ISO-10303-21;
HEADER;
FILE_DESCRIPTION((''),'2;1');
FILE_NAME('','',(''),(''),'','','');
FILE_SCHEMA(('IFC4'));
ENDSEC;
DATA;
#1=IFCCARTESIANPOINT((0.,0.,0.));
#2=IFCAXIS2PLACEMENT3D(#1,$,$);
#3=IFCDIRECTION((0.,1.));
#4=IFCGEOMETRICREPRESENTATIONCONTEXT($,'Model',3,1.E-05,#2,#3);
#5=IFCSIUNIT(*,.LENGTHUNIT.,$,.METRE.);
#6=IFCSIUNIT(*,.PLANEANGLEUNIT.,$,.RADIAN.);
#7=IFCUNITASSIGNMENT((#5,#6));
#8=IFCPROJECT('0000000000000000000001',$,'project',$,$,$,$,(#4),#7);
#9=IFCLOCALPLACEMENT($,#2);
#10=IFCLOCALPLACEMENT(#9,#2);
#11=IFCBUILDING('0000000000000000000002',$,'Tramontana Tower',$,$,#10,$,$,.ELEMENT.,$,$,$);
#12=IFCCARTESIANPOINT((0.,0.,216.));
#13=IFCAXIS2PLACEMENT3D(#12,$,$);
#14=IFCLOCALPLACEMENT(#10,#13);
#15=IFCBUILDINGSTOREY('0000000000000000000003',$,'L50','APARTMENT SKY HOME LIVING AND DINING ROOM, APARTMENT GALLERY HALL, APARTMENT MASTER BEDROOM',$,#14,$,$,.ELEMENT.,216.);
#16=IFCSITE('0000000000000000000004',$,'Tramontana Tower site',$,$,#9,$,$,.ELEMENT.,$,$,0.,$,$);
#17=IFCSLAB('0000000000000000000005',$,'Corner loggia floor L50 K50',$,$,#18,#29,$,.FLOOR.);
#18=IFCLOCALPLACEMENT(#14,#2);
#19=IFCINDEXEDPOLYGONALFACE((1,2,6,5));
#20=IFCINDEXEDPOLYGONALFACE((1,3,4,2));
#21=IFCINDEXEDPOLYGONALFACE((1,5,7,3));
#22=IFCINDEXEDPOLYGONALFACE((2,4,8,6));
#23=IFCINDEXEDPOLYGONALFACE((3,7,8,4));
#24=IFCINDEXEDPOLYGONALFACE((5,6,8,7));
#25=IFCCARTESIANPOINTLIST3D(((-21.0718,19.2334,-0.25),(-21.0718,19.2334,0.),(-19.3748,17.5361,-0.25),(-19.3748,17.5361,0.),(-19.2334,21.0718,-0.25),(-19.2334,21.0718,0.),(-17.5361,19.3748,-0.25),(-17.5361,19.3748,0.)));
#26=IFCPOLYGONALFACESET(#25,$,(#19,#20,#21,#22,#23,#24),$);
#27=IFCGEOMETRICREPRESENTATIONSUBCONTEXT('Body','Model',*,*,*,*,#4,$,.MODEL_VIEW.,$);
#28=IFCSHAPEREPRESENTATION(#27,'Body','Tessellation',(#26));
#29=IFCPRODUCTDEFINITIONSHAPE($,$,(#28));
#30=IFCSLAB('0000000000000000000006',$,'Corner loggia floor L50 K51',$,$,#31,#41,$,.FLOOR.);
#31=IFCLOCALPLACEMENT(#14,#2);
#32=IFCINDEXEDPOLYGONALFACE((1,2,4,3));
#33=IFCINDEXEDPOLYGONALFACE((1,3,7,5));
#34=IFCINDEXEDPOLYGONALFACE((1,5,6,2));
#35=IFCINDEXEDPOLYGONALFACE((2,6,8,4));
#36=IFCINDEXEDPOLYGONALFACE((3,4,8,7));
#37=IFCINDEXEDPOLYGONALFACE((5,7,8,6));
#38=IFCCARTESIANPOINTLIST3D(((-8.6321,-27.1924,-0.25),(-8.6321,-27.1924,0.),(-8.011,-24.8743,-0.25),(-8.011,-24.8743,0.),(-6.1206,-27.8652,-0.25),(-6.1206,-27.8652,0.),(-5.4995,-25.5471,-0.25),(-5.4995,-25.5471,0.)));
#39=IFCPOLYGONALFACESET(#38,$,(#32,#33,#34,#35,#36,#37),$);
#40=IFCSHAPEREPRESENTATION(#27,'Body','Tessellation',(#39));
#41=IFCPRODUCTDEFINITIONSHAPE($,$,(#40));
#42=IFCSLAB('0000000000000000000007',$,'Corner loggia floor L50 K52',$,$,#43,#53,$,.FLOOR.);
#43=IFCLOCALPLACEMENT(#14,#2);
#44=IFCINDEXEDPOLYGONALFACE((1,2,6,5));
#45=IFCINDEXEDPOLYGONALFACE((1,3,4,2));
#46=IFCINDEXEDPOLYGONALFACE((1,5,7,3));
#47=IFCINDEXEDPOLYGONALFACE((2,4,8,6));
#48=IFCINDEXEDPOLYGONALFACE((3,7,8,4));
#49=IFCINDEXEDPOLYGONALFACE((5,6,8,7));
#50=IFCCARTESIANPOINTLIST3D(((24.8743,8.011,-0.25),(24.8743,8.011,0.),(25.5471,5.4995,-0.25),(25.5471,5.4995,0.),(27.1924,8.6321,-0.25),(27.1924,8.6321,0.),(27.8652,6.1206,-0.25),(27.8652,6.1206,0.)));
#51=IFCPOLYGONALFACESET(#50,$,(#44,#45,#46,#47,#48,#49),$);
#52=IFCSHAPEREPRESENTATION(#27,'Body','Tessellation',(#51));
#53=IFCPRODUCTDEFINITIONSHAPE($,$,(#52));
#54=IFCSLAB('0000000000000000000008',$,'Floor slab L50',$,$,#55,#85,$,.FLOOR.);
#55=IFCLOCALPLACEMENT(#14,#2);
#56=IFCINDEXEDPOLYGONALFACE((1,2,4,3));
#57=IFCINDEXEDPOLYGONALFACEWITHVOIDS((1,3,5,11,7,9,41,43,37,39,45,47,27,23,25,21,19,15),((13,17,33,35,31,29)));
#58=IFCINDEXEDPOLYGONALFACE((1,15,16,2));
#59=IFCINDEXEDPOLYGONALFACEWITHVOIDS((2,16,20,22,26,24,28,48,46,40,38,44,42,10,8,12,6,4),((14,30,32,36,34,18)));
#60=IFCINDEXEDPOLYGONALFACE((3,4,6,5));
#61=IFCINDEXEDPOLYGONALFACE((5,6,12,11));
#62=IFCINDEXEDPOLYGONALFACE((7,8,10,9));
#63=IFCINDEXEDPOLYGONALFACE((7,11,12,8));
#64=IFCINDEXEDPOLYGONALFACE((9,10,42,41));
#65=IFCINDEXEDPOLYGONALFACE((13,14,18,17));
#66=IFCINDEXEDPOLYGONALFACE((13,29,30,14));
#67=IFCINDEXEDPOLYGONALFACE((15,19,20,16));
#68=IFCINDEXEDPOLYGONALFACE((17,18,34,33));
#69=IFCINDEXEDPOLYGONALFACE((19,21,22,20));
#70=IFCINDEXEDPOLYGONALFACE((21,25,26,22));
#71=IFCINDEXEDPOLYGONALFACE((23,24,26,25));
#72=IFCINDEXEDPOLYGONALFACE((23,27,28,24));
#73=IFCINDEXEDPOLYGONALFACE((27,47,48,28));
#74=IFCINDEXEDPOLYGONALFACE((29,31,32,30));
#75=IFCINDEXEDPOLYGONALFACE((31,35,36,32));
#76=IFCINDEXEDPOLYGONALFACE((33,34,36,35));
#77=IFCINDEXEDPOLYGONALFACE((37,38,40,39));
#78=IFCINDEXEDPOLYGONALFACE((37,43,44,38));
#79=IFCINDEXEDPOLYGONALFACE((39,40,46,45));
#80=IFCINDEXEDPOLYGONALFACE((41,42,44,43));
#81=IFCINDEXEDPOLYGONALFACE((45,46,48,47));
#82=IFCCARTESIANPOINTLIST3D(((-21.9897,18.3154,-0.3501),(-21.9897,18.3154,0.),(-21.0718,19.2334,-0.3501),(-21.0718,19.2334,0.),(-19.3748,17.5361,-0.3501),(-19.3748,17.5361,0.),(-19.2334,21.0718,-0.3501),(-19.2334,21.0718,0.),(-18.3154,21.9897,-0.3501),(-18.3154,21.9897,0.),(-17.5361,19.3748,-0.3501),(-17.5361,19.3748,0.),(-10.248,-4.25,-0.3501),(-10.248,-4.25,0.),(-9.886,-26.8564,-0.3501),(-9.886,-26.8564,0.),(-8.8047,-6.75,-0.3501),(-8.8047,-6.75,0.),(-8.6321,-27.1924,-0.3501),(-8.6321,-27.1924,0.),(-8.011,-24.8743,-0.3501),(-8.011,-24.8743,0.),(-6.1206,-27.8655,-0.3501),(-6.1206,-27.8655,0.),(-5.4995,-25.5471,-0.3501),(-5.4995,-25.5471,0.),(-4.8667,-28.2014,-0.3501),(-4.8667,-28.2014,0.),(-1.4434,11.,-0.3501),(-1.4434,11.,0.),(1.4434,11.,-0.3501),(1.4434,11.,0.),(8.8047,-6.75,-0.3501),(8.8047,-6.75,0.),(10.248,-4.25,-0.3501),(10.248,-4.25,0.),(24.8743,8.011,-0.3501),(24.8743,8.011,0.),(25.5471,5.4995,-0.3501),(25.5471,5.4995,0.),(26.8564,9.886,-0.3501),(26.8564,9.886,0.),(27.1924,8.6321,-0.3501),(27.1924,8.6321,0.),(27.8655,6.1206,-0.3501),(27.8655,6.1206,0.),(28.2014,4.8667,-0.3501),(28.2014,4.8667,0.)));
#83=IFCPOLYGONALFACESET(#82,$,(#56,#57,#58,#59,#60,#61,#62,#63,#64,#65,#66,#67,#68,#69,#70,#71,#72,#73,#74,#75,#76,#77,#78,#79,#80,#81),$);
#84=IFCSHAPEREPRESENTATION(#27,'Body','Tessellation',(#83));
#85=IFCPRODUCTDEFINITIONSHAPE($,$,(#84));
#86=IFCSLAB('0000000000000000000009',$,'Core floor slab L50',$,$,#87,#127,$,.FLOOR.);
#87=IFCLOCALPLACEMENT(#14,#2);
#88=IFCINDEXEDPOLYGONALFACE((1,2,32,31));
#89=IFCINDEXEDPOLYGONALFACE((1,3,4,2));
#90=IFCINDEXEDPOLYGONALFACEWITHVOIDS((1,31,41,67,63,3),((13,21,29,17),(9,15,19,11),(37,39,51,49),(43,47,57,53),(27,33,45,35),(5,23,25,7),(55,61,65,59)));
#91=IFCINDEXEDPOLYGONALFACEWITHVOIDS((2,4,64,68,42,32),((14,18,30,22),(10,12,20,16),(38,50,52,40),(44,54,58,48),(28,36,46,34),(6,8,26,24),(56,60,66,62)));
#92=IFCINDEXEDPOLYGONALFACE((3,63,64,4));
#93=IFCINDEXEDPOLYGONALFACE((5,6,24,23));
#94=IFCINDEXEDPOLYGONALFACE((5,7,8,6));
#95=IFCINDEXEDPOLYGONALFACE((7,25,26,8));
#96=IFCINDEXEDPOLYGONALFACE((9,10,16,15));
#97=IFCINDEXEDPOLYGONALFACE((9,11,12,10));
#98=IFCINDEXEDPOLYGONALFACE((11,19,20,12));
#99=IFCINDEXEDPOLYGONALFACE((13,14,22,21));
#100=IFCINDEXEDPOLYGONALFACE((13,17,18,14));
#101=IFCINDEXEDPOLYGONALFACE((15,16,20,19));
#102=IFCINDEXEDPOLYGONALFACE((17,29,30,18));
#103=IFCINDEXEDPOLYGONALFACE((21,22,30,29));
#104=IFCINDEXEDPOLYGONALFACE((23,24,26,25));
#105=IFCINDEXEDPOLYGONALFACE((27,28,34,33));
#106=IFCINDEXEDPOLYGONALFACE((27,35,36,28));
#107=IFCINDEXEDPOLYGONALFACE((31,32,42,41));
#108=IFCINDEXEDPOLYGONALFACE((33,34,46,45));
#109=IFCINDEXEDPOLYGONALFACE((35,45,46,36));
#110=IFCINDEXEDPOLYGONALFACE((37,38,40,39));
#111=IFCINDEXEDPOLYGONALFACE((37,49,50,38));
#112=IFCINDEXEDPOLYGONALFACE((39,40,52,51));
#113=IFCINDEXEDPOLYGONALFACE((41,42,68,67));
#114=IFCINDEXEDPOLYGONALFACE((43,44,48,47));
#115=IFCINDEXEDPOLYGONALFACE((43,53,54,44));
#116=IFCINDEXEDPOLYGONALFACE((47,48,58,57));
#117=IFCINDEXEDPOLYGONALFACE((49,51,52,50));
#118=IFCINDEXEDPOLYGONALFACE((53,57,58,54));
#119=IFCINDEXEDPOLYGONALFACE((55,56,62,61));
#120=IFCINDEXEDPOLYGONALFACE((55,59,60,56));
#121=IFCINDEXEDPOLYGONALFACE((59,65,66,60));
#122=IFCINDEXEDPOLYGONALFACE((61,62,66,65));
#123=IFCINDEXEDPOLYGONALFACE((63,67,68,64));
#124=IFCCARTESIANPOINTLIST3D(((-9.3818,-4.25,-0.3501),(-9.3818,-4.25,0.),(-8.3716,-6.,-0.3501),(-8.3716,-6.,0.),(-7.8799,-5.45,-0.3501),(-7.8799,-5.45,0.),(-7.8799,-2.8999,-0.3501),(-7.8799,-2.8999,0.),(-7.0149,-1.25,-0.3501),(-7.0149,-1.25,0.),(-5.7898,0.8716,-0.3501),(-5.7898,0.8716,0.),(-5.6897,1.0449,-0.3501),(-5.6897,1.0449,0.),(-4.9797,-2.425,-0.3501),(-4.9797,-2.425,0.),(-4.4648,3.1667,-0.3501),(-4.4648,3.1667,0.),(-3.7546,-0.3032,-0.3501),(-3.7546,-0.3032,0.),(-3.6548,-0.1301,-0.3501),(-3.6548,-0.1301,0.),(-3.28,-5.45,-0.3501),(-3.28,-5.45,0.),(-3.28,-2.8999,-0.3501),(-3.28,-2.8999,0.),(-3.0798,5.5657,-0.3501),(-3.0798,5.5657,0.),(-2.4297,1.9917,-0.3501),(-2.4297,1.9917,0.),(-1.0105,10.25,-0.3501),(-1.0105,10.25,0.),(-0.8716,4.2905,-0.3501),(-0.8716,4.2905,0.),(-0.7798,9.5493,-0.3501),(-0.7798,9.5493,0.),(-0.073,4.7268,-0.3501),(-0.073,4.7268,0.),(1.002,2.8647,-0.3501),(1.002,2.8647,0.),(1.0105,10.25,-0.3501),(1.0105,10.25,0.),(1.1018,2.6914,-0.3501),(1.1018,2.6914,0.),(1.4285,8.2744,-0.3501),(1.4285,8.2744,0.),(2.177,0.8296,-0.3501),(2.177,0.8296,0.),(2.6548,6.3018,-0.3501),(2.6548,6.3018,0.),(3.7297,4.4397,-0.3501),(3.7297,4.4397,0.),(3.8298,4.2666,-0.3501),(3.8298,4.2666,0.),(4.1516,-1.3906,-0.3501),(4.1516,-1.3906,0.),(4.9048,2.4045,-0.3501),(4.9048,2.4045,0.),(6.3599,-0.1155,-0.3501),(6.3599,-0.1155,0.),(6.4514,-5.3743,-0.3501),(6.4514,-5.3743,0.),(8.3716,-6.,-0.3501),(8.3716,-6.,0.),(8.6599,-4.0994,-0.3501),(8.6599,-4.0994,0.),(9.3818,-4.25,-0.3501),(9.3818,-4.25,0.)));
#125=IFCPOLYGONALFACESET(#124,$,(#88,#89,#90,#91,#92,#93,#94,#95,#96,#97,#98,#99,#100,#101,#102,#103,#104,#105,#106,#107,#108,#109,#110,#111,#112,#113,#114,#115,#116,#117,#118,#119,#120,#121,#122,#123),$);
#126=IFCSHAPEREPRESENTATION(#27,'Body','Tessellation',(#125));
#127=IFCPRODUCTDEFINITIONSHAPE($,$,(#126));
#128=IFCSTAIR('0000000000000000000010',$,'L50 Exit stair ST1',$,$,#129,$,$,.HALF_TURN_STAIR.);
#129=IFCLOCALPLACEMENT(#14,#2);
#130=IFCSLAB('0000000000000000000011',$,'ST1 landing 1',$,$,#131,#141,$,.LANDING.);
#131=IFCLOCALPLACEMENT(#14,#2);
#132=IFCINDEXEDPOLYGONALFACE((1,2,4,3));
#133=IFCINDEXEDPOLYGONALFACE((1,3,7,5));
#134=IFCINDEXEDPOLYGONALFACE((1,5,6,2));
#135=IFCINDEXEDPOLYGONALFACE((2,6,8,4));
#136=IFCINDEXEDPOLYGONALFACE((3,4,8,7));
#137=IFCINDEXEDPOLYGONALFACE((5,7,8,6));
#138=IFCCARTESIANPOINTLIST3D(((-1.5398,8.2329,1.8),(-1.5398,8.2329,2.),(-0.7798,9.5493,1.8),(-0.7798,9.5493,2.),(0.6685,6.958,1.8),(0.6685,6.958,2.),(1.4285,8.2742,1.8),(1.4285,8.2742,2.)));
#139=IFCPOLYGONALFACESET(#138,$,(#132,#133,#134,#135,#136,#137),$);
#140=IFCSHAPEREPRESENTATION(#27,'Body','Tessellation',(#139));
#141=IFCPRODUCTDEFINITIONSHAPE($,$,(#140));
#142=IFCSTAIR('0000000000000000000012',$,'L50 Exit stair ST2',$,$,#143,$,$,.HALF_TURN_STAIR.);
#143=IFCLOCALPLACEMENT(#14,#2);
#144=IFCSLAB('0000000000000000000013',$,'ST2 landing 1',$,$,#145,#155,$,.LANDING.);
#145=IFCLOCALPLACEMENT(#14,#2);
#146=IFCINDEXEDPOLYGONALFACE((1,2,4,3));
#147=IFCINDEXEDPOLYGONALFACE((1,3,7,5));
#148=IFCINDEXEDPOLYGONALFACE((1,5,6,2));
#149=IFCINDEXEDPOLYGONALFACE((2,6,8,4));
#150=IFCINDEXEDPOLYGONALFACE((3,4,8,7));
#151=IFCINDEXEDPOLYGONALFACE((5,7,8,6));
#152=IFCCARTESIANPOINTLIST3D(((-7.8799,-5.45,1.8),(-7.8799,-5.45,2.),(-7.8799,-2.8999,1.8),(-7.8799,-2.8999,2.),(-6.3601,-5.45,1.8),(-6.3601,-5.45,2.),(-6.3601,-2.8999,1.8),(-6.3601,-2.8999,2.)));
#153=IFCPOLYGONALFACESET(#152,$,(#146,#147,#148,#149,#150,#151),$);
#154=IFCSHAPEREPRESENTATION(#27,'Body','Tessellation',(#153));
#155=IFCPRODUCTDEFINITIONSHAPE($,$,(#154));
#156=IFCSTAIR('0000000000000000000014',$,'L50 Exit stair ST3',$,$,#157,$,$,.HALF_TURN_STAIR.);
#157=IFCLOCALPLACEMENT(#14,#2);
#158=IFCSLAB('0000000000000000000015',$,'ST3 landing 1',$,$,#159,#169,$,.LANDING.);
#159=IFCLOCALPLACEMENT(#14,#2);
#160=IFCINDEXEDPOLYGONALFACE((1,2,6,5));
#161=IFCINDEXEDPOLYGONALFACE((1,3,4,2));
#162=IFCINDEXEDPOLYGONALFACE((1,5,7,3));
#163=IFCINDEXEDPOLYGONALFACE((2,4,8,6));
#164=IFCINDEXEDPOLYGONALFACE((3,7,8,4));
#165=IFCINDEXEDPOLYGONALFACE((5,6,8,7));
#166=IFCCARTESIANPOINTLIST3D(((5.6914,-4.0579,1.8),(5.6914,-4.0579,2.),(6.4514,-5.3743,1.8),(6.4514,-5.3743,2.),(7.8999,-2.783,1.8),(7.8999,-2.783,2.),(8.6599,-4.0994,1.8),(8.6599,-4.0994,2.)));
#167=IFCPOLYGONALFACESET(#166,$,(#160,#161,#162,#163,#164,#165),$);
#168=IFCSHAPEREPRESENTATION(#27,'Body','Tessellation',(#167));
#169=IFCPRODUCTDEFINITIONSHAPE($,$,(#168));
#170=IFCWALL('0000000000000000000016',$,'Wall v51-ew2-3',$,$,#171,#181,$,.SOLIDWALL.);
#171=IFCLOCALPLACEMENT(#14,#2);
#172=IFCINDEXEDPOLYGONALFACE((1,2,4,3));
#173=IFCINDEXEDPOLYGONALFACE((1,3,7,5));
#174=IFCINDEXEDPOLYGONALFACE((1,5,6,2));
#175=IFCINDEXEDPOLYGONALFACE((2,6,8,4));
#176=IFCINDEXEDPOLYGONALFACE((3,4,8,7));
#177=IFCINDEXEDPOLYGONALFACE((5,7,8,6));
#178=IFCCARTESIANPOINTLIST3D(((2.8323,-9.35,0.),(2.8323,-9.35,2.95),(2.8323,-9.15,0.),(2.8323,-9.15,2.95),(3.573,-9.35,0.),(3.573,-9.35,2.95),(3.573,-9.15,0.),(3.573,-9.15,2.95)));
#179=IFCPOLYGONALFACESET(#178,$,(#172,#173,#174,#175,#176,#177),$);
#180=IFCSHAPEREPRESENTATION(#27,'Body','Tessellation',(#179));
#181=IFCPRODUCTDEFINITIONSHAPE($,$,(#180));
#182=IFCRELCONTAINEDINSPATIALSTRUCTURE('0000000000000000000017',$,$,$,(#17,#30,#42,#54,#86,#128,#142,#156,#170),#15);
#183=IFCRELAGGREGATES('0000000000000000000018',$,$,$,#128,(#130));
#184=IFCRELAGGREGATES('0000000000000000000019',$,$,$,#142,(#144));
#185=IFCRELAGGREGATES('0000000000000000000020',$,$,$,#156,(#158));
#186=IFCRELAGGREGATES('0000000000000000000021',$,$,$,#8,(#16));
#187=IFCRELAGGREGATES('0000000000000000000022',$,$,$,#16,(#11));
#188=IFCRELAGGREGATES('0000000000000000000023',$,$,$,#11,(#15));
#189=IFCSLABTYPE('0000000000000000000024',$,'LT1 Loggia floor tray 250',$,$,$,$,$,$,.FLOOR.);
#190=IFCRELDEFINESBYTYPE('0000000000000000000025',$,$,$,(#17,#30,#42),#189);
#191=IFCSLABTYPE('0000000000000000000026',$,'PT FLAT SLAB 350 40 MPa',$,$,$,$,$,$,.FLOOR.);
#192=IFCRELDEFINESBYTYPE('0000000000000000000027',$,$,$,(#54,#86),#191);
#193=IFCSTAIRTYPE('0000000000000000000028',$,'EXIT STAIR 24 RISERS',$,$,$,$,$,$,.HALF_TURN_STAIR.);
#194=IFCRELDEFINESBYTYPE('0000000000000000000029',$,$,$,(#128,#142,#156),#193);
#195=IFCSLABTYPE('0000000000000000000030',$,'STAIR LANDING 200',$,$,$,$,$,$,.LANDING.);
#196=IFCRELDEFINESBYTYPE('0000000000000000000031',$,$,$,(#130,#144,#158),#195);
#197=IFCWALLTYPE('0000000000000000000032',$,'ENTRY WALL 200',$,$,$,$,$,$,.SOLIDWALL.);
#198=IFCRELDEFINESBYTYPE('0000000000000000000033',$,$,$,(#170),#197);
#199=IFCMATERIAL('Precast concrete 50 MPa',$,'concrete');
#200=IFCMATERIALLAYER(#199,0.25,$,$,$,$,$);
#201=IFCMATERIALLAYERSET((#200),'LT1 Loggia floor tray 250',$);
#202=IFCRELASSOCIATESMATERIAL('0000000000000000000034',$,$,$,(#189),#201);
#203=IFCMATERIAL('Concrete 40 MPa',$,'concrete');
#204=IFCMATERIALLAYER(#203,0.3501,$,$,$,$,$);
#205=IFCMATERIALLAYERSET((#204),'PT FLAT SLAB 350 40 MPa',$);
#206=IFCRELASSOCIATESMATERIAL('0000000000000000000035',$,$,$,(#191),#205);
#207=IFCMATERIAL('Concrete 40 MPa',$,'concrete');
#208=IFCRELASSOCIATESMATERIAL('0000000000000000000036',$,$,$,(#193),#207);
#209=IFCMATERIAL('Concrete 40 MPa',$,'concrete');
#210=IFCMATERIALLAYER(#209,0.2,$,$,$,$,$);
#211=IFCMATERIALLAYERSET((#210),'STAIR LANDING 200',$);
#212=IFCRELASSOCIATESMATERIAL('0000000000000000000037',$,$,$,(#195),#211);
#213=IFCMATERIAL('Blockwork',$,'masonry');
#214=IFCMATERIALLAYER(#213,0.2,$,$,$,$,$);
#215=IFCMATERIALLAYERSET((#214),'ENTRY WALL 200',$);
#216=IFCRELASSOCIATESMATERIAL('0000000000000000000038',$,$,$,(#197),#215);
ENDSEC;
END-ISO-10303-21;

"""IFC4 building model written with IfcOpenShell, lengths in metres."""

from ifc_helpers import new_model, si_unit, direction, frame, frame_2d, origin, place, context, subcontext, project, spatial, polyline, rectangle, outline, extrude, material, layer, layer_set, type_object, element, aggregate, save


model = new_model("IFC4")

# Units and contexts
model_context = context("Model", 3, precision=1e-05, world=origin(), true_north=direction((0.0, 1.0)))
body_context = subcontext(model_context, "Body", "Model", "MODEL_VIEW")
ifc_project = project(units=[si_unit("LENGTHUNIT", "METRE"), si_unit("PLANEANGLEUNIT", "RADIAN")], contexts=[model_context])

# Site, building, storey
site_placement = place(None, origin())
site = spatial("IfcSite", under=ifc_project, at=site_placement, Name="Tramontana Tower site", CompositionType="ELEMENT", RefElevation=0.0)
building_placement = place(site_placement, origin())
building = spatial("IfcBuilding", under=site, at=building_placement, Name="Tramontana Tower", CompositionType="ELEMENT")
storey_placement = place(building_placement, frame((0.0, 0.0, 216.0)))
storey = spatial("IfcBuildingStorey", under=building, at=storey_placement, Name="L50", Description="APARTMENT SKY HOME LIVING AND DINING ROOM, APARTMENT GALLERY HALL, APARTMENT MASTER BEDROOM", CompositionType="ELEMENT", Elevation=216.0)

# Slabs
ifc_material_1 = material(Name="Precast concrete 50 MPa", Category="concrete")
ifc_layer_1 = layer(ifc_material_1, 0.25)
ifc_layer_set_1 = layer_set([ifc_layer_1], Name="LT1 Loggia floor tray 250")
slab_type_1 = type_object("IfcSlabType", Name="LT1 Loggia floor tray 250", PredefinedType="FLOOR", material=ifc_layer_set_1)
slab_1_placement = place(storey_placement, frame((0.0, 0.0, -0.25)))
element("IfcSlab", 1, at=slab_1_placement, inside=storey, type_object=slab_type_1, Name="Corner loggia floor L50 K50", PredefinedType="FLOOR", context=body_context, shape_type="SweptSolid", body=[
    extrude(outline(polyline([(-19.2334, 21.0718), (-17.5361, 19.3748), (-19.3748, 17.5361), (-21.0718, 19.2334), (-19.2334, 21.0718)])), origin(), (0.0, 0.0, 1.0), 0.25),
])
slab_2_placement = place(storey_placement, frame((0.0, 0.0, -0.25)))
element("IfcSlab", 2, at=slab_2_placement, inside=storey, type_object=slab_type_1, Name="Corner loggia floor L50 K51", PredefinedType="FLOOR", context=body_context, shape_type="SweptSolid", body=[
    extrude(outline(polyline([(-8.6321, -27.1924), (-8.011, -24.8743), (-5.4995, -25.5471), (-6.1206, -27.8652), (-8.6321, -27.1924)])), origin(), (0.0, 0.0, 1.0), 0.25),
])
slab_3_placement = place(storey_placement, frame((0.0, 0.0, -0.25)))
element("IfcSlab", 3, at=slab_3_placement, inside=storey, type_object=slab_type_1, Name="Corner loggia floor L50 K52", PredefinedType="FLOOR", context=body_context, shape_type="SweptSolid", body=[
    extrude(outline(polyline([(27.8652, 6.1206), (25.5471, 5.4995), (24.8743, 8.011), (27.1924, 8.6321), (27.8652, 6.1206)])), origin(), (0.0, 0.0, 1.0), 0.25),
])
ifc_material_2 = material(Name="Concrete 40 MPa", Category="concrete")
ifc_layer_2 = layer(ifc_material_2, 0.3501)
ifc_layer_set_2 = layer_set([ifc_layer_2], Name="PT FLAT SLAB 350 40 MPa")
slab_type_2 = type_object("IfcSlabType", Name="PT FLAT SLAB 350 40 MPa", PredefinedType="FLOOR", material=ifc_layer_set_2)
slab_4_placement = place(storey_placement, frame((0.0, 0.0, -0.3501)))
element("IfcSlab", 4, at=slab_4_placement, inside=storey, type_object=slab_type_2, Name="Floor slab L50", PredefinedType="FLOOR", context=body_context, shape_type="SweptSolid", body=[
    extrude(outline(polyline([(27.1924, 8.6321), (24.8743, 8.011), (25.5471, 5.4995), (27.8655, 6.1206), (28.2014, 4.8667), (-4.8667, -28.2014), (-6.1206, -27.8655), (-5.4995, -25.5471), (-8.011, -24.8743), (-8.6321, -27.1924), (-9.886, -26.8564), (-21.9897, 18.3154), (-21.0718, 19.2334), (-19.3748, 17.5361), (-17.5361, 19.3748), (-19.2334, 21.0718), (-18.3154, 21.9897), (26.8564, 9.886), (27.1924, 8.6321)]), holes=[polyline([(-10.248, -4.25), (-8.8047, -6.75), (8.8047, -6.75), (10.248, -4.25), (1.4434, 11.0), (-1.4434, 11.0), (-10.248, -4.25)])]), origin(), (0.0, 0.0, 1.0), 0.3501),
])
slab_5_placement = place(storey_placement, frame((0.0, 0.0, -0.3501)))
element("IfcSlab", 5, at=slab_5_placement, inside=storey, type_object=slab_type_2, Name="Core floor slab L50", PredefinedType="FLOOR", context=body_context, shape_type="SweptSolid", body=[
    extrude(outline(polyline([(9.3818, -4.25), (8.3716, -6.0), (-8.3716, -6.0), (-9.3818, -4.25), (-1.0105, 10.25), (1.0105, 10.25), (9.3818, -4.25)]), holes=[polyline([(8.6599, -4.0994), (6.3599, -0.1155), (4.1516, -1.3906), (6.4514, -5.3743), (8.6599, -4.0994)]), polyline([(3.8298, 4.2666), (1.1018, 2.6914), (2.177, 0.8296), (4.9048, 2.4045), (3.8298, 4.2666)]), polyline([(2.6548, 6.3018), (-0.073, 4.7268), (1.002, 2.8647), (3.7297, 4.4397), (2.6548, 6.3018)]), polyline([(-0.7798, 9.5493), (-3.0798, 5.5657), (-0.8716, 4.2905), (1.4285, 8.2744), (-0.7798, 9.5493)]), polyline([(-5.6897, 1.0449), (-3.6548, -0.1301), (-2.4297, 1.9917), (-4.4648, 3.1667), (-5.6897, 1.0449)]), polyline([(-3.28, -5.45), (-3.28, -2.8999), (-7.8799, -2.8999), (-7.8799, -5.45), (-3.28, -5.45)]), polyline([(-7.0149, -1.25), (-4.9797, -2.425), (-3.7546, -0.3032), (-5.7898, 0.8716), (-7.0149, -1.25)])]), origin(), (0.0, 0.0, 1.0), 0.3501),
])

# Stairs, slabs
ifc_material_3 = material(Name="Concrete 40 MPa", Category="concrete")
stair_type = type_object("IfcStairType", Name="EXIT STAIR 24 RISERS", PredefinedType="HALF_TURN_STAIR", material=ifc_material_3)
stair_1_placement = place(storey_placement, origin())
stair_1 = element("IfcStair", 6, at=stair_1_placement, inside=storey, type_object=stair_type, Name="L50 Exit stair ST1", PredefinedType="HALF_TURN_STAIR")
ifc_material_4 = material(Name="Concrete 40 MPa", Category="concrete")
ifc_layer_3 = layer(ifc_material_4, 0.2)
ifc_layer_set_3 = layer_set([ifc_layer_3], Name="STAIR LANDING 200")
slab_type_3 = type_object("IfcSlabType", Name="STAIR LANDING 200", PredefinedType="LANDING", material=ifc_layer_set_3)
slab_6_placement = place(storey_placement, frame((0.0, 0.0, 1.8)))
slab_6 = element("IfcSlab", 7, at=slab_6_placement, type_object=slab_type_3, Name="ST1 landing 1", PredefinedType="LANDING", context=body_context, shape_type="SweptSolid", body=[
    extrude(outline(polyline([(0.6685, 6.958), (1.4285, 8.2742), (-0.7798, 9.5493), (-1.5398, 8.2329), (0.6685, 6.958)])), origin(), (0.0, 0.0, 1.0), 0.2),
])
aggregate(stair_1, [slab_6])
stair_2_placement = place(storey_placement, origin())
stair_2 = element("IfcStair", 8, at=stair_2_placement, inside=storey, type_object=stair_type, Name="L50 Exit stair ST2", PredefinedType="HALF_TURN_STAIR")
slab_7_placement = place(storey_placement, frame((0.0, 0.0, 1.8)))
slab_7 = element("IfcSlab", 9, at=slab_7_placement, type_object=slab_type_3, Name="ST2 landing 1", PredefinedType="LANDING", context=body_context, shape_type="SweptSolid", body=[
    extrude(outline(polyline([(-6.3601, -2.8999), (-7.8799, -2.8999), (-7.8799, -5.45), (-6.3601, -5.45), (-6.3601, -2.8999)])), origin(), (0.0, 0.0, 1.0), 0.2),
])
aggregate(stair_2, [slab_7])
stair_3_placement = place(storey_placement, origin())
stair_3 = element("IfcStair", 10, at=stair_3_placement, inside=storey, type_object=stair_type, Name="L50 Exit stair ST3", PredefinedType="HALF_TURN_STAIR")
slab_8_placement = place(storey_placement, frame((0.0, 0.0, 1.8)))
slab_8 = element("IfcSlab", 11, at=slab_8_placement, type_object=slab_type_3, Name="ST3 landing 1", PredefinedType="LANDING", context=body_context, shape_type="SweptSolid", body=[
    extrude(outline(polyline([(5.6914, -4.0579), (6.4514, -5.3743), (8.6599, -4.0994), (7.8999, -2.783), (5.6914, -4.0579)])), origin(), (0.0, 0.0, 1.0), 0.2),
])

# Wall
ifc_material_5 = material(Name="Blockwork", Category="masonry")
ifc_layer_4 = layer(ifc_material_5, 0.2)
ifc_layer_set_4 = layer_set([ifc_layer_4], Name="ENTRY WALL 200")
wall_type_1 = type_object("IfcWallType", Name="ENTRY WALL 200", PredefinedType="SOLIDWALL", material=ifc_layer_set_4)
wall_1_placement = place(storey_placement, frame((3.573, -9.25, 0.0), z_axis=(0.0, 0.0, 1.0), x_axis=(-1.0, 0.0, 0.0)))
element("IfcWall", 12, at=wall_1_placement, inside=storey, type_object=wall_type_1, Name="Wall v51-ew2-3", PredefinedType="SOLIDWALL", context=body_context, shape_type="SweptSolid", body=[
    extrude(rectangle(XDim=0.7407, YDim=0.2, at=frame_2d((0.3704, 0.0))), origin(), (0.0, 0.0, 1.0), 2.95),
])

aggregate(stair_3, [slab_8])

save(model, "model.ifc")
